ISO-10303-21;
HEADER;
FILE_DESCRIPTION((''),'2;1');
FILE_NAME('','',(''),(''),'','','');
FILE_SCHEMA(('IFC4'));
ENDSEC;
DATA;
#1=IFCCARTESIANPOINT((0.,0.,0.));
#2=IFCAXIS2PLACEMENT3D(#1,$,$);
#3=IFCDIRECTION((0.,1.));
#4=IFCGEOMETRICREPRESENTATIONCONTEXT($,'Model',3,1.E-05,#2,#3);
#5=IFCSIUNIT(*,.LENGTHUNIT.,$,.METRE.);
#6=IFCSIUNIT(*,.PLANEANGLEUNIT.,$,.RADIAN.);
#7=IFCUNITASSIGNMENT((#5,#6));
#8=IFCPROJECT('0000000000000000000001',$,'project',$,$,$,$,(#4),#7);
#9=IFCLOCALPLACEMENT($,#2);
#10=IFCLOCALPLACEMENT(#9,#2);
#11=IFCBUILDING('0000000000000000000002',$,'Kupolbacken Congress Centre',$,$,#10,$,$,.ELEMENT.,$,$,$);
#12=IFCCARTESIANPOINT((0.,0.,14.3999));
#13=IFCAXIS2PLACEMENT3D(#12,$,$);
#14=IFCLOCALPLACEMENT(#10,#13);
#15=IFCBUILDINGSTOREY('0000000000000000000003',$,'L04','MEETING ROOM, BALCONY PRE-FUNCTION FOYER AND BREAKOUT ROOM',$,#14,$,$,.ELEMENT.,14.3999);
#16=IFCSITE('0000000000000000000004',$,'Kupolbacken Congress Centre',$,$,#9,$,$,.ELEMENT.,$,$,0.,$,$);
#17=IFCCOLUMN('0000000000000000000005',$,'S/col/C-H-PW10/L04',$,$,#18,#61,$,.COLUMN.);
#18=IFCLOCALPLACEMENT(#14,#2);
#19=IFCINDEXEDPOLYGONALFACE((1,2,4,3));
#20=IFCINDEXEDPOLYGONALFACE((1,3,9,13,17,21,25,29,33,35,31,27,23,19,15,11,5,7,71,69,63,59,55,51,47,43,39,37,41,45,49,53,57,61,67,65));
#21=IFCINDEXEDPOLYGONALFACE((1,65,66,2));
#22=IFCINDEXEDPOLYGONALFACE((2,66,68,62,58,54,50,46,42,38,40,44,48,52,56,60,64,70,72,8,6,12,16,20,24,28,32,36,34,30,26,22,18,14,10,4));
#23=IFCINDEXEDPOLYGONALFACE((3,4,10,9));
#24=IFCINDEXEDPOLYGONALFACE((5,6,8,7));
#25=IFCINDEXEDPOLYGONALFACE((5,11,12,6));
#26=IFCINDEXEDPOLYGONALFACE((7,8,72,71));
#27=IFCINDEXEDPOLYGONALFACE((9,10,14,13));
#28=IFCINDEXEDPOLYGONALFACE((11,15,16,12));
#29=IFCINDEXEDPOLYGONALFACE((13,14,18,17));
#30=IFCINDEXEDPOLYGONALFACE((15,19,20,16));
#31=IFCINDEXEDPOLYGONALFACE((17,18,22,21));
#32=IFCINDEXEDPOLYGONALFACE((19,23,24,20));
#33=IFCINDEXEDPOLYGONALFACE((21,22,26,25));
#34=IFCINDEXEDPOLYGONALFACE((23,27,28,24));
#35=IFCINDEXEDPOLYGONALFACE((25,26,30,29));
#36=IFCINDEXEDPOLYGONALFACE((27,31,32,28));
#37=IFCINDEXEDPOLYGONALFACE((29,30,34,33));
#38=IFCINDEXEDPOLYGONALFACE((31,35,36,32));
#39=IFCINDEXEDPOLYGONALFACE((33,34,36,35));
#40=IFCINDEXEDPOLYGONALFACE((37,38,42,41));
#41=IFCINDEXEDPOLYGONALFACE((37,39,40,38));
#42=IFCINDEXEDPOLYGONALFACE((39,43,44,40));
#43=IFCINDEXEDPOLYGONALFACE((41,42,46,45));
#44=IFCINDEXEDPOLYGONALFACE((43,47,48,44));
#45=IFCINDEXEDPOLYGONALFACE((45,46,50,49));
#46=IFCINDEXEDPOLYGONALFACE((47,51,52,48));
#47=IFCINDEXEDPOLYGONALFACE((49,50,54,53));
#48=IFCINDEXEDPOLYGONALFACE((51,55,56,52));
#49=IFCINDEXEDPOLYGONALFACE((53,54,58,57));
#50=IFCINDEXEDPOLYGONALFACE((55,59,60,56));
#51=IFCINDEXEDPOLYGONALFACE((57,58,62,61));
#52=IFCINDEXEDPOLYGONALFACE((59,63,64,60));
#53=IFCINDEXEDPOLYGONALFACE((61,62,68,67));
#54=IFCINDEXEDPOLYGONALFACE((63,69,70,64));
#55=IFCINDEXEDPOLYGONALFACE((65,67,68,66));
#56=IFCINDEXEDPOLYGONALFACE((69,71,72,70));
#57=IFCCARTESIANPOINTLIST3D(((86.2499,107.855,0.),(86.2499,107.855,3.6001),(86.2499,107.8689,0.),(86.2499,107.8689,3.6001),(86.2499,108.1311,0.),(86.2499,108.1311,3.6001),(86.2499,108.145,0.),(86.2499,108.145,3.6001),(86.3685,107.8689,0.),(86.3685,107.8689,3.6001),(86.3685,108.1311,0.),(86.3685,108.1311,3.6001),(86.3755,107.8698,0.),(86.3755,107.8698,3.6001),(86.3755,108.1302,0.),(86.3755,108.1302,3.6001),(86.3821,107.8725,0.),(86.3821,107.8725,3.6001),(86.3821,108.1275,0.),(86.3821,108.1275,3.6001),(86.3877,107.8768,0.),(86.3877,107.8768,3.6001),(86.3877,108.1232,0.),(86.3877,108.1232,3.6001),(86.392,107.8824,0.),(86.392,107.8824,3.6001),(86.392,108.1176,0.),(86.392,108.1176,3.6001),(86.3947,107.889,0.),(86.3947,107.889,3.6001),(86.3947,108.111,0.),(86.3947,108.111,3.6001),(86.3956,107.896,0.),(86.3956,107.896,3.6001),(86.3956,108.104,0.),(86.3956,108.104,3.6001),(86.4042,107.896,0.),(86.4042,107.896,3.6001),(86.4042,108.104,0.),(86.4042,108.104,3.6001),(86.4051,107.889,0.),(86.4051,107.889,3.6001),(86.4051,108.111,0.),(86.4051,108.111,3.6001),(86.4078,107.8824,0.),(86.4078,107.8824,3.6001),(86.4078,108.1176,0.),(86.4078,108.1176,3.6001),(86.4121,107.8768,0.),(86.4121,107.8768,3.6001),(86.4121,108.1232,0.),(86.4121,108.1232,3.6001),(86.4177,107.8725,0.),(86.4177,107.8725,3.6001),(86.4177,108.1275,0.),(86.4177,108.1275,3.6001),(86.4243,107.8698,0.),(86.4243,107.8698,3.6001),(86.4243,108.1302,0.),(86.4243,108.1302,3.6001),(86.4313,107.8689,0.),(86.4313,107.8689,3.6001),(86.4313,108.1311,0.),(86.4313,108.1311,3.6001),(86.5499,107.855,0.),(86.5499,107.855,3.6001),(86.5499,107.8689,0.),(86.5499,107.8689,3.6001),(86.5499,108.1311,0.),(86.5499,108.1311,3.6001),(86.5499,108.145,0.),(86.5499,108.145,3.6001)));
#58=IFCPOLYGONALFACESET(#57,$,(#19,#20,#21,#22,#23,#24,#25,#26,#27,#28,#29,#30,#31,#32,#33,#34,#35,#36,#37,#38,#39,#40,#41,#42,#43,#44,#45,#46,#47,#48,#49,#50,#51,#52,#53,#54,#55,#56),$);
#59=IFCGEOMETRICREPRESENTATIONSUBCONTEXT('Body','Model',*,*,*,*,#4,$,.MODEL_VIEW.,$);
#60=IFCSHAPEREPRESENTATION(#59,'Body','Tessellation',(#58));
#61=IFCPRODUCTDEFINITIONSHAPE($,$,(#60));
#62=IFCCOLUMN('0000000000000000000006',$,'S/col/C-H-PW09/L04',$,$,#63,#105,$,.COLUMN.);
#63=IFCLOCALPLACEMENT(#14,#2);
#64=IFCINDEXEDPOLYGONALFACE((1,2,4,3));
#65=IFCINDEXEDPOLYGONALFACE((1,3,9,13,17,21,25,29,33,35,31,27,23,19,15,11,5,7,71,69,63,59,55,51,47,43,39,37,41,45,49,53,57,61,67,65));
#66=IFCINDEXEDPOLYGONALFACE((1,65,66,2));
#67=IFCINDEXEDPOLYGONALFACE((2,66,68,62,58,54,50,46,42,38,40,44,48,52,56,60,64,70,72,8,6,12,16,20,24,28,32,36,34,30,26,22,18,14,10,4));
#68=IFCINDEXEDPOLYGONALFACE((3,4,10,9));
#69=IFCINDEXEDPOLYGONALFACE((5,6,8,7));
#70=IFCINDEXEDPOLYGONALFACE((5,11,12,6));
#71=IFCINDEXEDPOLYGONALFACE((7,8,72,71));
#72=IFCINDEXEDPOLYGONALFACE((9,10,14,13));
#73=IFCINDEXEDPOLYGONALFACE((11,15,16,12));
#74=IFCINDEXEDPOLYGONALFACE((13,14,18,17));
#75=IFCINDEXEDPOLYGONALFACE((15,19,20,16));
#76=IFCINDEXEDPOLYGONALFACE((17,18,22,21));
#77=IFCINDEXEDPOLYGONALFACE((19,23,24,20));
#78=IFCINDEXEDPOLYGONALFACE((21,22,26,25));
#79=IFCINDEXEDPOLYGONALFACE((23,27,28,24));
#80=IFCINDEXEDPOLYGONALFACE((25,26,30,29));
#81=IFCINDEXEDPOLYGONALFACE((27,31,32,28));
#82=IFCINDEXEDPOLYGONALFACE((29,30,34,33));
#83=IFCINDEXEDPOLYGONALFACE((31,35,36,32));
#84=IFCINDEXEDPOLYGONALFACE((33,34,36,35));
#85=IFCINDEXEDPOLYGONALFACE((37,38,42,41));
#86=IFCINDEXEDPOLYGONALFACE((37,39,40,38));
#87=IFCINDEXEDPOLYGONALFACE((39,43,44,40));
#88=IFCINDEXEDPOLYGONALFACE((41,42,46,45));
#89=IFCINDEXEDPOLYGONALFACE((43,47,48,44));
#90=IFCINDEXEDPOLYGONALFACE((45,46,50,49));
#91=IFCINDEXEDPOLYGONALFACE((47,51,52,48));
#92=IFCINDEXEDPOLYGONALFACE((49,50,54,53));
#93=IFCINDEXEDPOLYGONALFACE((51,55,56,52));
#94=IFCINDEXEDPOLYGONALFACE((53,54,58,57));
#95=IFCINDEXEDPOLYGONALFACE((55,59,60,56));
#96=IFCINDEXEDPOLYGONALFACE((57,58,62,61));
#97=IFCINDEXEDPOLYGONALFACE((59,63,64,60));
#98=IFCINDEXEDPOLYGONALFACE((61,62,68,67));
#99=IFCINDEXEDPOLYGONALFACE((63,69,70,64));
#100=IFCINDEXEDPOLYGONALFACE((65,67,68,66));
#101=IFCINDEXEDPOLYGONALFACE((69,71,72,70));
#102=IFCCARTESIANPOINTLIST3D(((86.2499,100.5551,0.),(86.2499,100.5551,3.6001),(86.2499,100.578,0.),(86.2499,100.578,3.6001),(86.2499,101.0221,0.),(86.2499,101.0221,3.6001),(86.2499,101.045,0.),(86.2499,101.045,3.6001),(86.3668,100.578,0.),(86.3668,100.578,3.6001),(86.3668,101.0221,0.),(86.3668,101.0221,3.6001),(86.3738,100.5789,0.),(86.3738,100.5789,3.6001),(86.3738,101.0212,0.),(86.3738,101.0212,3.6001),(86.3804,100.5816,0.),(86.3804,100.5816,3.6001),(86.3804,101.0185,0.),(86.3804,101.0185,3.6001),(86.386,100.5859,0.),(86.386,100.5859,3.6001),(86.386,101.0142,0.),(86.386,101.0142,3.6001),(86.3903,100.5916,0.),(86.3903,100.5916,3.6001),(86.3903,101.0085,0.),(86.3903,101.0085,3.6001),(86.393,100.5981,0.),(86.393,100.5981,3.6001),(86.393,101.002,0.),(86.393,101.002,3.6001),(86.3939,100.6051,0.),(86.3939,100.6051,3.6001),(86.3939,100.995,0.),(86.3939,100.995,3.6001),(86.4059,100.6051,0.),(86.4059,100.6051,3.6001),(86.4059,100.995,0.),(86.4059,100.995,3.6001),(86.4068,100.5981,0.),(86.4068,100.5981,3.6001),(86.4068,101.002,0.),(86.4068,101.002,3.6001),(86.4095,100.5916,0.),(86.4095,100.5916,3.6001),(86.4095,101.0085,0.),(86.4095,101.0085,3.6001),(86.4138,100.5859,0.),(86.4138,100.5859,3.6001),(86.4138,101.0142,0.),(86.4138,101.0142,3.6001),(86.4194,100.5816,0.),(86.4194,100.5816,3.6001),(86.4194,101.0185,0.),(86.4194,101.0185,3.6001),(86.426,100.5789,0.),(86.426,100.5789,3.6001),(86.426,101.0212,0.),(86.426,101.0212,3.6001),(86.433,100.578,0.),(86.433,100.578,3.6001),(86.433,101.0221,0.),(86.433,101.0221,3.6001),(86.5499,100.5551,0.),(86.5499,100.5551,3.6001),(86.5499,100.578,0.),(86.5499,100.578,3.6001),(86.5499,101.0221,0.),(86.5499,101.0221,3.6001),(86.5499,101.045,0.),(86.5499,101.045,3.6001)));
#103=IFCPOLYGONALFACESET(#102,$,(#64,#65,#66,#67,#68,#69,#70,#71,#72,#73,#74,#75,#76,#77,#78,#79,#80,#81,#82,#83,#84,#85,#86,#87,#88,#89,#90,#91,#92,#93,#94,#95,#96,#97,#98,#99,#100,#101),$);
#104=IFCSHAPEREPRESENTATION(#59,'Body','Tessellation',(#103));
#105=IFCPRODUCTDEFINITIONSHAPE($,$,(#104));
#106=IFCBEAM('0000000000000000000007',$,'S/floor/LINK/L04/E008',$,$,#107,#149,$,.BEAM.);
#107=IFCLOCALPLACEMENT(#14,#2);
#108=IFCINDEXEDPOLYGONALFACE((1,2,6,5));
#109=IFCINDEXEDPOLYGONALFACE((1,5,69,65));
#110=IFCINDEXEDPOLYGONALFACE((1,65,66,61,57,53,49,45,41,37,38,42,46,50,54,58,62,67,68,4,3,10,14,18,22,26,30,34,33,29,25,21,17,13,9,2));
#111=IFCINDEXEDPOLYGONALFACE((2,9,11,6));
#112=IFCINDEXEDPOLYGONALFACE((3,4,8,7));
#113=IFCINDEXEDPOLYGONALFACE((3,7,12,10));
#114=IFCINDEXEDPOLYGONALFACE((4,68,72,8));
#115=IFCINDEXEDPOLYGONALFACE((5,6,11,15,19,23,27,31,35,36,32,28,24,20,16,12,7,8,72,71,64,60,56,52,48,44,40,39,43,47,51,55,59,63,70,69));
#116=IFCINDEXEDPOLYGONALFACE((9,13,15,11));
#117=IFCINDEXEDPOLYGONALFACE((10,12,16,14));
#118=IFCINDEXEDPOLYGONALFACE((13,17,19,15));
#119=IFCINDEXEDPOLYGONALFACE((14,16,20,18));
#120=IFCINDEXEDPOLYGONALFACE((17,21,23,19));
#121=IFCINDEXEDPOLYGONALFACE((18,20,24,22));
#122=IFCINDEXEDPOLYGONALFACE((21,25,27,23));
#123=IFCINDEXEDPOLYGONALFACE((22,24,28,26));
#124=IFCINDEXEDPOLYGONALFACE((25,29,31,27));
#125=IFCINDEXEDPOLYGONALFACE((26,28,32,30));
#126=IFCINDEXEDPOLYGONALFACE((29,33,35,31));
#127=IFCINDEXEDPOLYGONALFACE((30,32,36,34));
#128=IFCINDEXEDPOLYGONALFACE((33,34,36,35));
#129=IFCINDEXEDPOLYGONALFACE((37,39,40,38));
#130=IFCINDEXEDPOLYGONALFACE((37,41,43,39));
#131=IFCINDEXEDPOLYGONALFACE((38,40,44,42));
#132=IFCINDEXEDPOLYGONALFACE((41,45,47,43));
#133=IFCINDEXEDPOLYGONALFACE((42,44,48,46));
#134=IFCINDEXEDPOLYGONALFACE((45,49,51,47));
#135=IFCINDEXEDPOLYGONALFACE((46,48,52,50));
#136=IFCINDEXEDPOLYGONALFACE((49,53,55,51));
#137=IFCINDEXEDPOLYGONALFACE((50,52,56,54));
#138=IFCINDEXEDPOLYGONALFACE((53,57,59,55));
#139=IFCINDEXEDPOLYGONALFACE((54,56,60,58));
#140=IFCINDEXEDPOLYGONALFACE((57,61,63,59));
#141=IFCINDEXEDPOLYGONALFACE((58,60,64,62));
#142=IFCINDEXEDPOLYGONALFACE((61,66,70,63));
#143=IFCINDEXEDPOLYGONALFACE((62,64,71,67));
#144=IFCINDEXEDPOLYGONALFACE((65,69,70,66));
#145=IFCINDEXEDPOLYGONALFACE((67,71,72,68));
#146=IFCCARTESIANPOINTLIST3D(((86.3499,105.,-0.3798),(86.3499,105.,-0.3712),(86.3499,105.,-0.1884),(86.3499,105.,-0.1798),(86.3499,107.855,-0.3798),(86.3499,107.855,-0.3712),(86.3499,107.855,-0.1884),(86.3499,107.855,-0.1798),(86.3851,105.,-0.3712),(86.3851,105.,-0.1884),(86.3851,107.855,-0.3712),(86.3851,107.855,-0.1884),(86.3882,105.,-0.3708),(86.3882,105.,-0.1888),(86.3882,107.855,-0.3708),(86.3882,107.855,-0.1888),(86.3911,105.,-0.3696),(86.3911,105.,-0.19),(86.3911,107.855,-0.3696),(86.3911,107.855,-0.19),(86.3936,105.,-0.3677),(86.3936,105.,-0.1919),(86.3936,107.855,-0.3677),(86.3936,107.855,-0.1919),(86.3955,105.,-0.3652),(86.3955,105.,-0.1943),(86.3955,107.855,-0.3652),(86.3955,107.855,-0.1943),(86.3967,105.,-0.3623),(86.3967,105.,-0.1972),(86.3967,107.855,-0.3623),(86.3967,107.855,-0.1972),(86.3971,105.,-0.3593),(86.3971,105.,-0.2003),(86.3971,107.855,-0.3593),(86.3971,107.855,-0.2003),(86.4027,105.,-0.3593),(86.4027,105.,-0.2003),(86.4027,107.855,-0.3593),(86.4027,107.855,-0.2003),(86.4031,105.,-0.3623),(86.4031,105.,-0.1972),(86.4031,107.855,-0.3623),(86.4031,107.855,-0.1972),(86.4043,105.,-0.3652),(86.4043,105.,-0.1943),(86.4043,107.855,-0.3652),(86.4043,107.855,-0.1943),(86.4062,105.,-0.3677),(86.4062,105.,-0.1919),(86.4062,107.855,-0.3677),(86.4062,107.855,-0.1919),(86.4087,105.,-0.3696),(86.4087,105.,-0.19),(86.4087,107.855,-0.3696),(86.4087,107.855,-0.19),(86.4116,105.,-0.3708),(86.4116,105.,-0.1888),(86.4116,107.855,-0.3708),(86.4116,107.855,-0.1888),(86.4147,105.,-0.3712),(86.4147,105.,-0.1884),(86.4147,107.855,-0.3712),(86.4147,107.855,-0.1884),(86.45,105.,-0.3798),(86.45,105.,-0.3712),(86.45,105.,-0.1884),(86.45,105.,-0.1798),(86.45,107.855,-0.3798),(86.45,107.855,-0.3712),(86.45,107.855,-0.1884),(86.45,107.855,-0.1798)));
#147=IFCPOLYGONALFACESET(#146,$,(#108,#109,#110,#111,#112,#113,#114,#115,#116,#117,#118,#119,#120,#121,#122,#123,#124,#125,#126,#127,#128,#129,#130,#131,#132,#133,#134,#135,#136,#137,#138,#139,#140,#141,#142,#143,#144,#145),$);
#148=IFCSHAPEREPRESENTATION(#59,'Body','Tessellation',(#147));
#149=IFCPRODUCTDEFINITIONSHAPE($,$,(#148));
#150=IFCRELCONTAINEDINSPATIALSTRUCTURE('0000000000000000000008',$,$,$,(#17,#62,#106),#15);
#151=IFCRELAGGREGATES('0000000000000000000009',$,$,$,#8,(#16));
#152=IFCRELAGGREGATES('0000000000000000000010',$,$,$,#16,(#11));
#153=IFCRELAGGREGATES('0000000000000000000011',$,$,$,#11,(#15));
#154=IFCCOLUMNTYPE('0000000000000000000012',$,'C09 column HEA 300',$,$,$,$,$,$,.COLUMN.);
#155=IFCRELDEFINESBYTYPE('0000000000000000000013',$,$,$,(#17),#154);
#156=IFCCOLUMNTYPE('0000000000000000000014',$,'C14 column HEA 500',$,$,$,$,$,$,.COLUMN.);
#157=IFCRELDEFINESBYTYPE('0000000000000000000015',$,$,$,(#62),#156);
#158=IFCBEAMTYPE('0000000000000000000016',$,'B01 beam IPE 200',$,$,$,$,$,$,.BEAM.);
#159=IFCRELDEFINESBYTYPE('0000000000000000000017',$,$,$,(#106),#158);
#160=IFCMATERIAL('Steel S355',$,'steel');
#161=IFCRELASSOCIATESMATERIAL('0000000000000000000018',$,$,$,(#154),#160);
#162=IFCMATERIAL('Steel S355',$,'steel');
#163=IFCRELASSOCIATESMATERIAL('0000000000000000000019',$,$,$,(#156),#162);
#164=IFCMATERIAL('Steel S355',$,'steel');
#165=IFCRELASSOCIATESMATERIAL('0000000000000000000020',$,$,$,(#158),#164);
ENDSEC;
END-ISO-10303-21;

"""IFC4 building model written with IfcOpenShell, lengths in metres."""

from ifc_helpers import new_model, si_unit, direction, frame, origin, origin_2d, place, context, subcontext, project, spatial, i_section, extrude, material, material_profile, profile_set, type_object, element, save


model = new_model("IFC4")

# Units and contexts
model_context = context("Model", 3, precision=1e-05, world=origin(), true_north=direction((0.0, 1.0)))
body_context = subcontext(model_context, "Body", "Model", "MODEL_VIEW")
ifc_project = project(units=[si_unit("LENGTHUNIT", "METRE"), si_unit("PLANEANGLEUNIT", "RADIAN")], contexts=[model_context])

# Site, building, storey
site_placement = place(None, origin())
site = spatial("IfcSite", under=ifc_project, at=site_placement, Name="Kupolbacken Congress Centre", CompositionType="ELEMENT", RefElevation=0.0)
building_placement = place(site_placement, origin())
building = spatial("IfcBuilding", under=site, at=building_placement, Name="Kupolbacken Congress Centre", CompositionType="ELEMENT")
storey_placement = place(building_placement, frame((0.0, 0.0, 14.3999)))
storey = spatial("IfcBuildingStorey", under=building, at=storey_placement, Name="L04", Description="MEETING ROOM, BALCONY PRE-FUNCTION FOYER AND BREAKOUT ROOM", CompositionType="ELEMENT", Elevation=14.3999)

# Columns
ifc_material_1 = material(Name="Steel S355", Category="steel")
ifc_material_profile_1 = material_profile(ifc_material_1, i_section(OverallWidth=0.3, OverallDepth=0.29, WebThickness=0.0085, FlangeThickness=0.0139, FilletRadius=0.0271, at=origin_2d()), Name="HEA 300")
ifc_profile_set_1 = profile_set([ifc_material_profile_1], Name="Steel S355")
column_type_1 = type_object("IfcColumnType", Name="C09 column HEA 300", PredefinedType="COLUMN", material=ifc_profile_set_1)
column_1_placement = place(storey_placement, frame((86.3999, 108.0, 0.0), z_axis=(0.0, 0.0, 1.0), x_axis=(1.0, 0.0, 0.0)))
element("IfcColumn", 1, at=column_1_placement, inside=storey, type_object=column_type_1, Name="S/col/C-H-PW10/L04", PredefinedType="COLUMN", context=body_context, shape_type="SweptSolid", body=[
    extrude(i_section(OverallWidth=0.3, OverallDepth=0.29, WebThickness=0.0085, FlangeThickness=0.0139, FilletRadius=0.0271, at=origin_2d()), origin(), (0.0, 0.0, 1.0), 3.6001),
])
ifc_material_2 = material(Name="Steel S355", Category="steel")
ifc_material_profile_2 = material_profile(ifc_material_2, i_section(OverallWidth=0.3, OverallDepth=0.49, WebThickness=0.012, FlangeThickness=0.0229, FilletRadius=0.0271, at=origin_2d()), Name="HEA 500")
ifc_profile_set_2 = profile_set([ifc_material_profile_2], Name="Steel S355")
column_type_2 = type_object("IfcColumnType", Name="C14 column HEA 500", PredefinedType="COLUMN", material=ifc_profile_set_2)
column_2_placement = place(storey_placement, frame((86.3999, 100.8, 0.0), z_axis=(0.0, 0.0, 1.0), x_axis=(1.0, 0.0, 0.0)))
element("IfcColumn", 2, at=column_2_placement, inside=storey, type_object=column_type_2, Name="S/col/C-H-PW09/L04", PredefinedType="COLUMN", context=body_context, shape_type="SweptSolid", body=[
    extrude(i_section(OverallWidth=0.3, OverallDepth=0.49, WebThickness=0.012, FlangeThickness=0.0229, FilletRadius=0.0271, at=origin_2d()), origin(), (0.0, 0.0, 1.0), 3.6001),
])

# Beam
ifc_material_3 = material(Name="Steel S355", Category="steel")
ifc_material_profile_3 = material_profile(ifc_material_3, i_section(OverallWidth=0.1001, OverallDepth=0.2, WebThickness=0.0056, FlangeThickness=0.0085, FilletRadius=0.012, at=origin_2d()), Name="IPE 200")
ifc_profile_set_3 = profile_set([ifc_material_profile_3], Name="Steel S355")
beam_type = type_object("IfcBeamType", Name="B01 beam IPE 200", PredefinedType="BEAM", material=ifc_profile_set_3)
beam_placement = place(storey_placement, frame((86.3999, 105.0, -0.2798), z_axis=(0.0, 1.0, 0.0), x_axis=(-1.0, 0.0, 0.0)))
element("IfcBeam", 3, at=beam_placement, inside=storey, type_object=beam_type, Name="S/floor/LINK/L04/E008", PredefinedType="BEAM", context=body_context, shape_type="SweptSolid", body=[
    extrude(i_section(OverallWidth=0.1001, OverallDepth=0.2, WebThickness=0.0056, FlangeThickness=0.0085, FilletRadius=0.012, at=origin_2d()), origin(), (0.0, 0.0, 1.0), 2.855),
])

save(model, "model.ifc")
